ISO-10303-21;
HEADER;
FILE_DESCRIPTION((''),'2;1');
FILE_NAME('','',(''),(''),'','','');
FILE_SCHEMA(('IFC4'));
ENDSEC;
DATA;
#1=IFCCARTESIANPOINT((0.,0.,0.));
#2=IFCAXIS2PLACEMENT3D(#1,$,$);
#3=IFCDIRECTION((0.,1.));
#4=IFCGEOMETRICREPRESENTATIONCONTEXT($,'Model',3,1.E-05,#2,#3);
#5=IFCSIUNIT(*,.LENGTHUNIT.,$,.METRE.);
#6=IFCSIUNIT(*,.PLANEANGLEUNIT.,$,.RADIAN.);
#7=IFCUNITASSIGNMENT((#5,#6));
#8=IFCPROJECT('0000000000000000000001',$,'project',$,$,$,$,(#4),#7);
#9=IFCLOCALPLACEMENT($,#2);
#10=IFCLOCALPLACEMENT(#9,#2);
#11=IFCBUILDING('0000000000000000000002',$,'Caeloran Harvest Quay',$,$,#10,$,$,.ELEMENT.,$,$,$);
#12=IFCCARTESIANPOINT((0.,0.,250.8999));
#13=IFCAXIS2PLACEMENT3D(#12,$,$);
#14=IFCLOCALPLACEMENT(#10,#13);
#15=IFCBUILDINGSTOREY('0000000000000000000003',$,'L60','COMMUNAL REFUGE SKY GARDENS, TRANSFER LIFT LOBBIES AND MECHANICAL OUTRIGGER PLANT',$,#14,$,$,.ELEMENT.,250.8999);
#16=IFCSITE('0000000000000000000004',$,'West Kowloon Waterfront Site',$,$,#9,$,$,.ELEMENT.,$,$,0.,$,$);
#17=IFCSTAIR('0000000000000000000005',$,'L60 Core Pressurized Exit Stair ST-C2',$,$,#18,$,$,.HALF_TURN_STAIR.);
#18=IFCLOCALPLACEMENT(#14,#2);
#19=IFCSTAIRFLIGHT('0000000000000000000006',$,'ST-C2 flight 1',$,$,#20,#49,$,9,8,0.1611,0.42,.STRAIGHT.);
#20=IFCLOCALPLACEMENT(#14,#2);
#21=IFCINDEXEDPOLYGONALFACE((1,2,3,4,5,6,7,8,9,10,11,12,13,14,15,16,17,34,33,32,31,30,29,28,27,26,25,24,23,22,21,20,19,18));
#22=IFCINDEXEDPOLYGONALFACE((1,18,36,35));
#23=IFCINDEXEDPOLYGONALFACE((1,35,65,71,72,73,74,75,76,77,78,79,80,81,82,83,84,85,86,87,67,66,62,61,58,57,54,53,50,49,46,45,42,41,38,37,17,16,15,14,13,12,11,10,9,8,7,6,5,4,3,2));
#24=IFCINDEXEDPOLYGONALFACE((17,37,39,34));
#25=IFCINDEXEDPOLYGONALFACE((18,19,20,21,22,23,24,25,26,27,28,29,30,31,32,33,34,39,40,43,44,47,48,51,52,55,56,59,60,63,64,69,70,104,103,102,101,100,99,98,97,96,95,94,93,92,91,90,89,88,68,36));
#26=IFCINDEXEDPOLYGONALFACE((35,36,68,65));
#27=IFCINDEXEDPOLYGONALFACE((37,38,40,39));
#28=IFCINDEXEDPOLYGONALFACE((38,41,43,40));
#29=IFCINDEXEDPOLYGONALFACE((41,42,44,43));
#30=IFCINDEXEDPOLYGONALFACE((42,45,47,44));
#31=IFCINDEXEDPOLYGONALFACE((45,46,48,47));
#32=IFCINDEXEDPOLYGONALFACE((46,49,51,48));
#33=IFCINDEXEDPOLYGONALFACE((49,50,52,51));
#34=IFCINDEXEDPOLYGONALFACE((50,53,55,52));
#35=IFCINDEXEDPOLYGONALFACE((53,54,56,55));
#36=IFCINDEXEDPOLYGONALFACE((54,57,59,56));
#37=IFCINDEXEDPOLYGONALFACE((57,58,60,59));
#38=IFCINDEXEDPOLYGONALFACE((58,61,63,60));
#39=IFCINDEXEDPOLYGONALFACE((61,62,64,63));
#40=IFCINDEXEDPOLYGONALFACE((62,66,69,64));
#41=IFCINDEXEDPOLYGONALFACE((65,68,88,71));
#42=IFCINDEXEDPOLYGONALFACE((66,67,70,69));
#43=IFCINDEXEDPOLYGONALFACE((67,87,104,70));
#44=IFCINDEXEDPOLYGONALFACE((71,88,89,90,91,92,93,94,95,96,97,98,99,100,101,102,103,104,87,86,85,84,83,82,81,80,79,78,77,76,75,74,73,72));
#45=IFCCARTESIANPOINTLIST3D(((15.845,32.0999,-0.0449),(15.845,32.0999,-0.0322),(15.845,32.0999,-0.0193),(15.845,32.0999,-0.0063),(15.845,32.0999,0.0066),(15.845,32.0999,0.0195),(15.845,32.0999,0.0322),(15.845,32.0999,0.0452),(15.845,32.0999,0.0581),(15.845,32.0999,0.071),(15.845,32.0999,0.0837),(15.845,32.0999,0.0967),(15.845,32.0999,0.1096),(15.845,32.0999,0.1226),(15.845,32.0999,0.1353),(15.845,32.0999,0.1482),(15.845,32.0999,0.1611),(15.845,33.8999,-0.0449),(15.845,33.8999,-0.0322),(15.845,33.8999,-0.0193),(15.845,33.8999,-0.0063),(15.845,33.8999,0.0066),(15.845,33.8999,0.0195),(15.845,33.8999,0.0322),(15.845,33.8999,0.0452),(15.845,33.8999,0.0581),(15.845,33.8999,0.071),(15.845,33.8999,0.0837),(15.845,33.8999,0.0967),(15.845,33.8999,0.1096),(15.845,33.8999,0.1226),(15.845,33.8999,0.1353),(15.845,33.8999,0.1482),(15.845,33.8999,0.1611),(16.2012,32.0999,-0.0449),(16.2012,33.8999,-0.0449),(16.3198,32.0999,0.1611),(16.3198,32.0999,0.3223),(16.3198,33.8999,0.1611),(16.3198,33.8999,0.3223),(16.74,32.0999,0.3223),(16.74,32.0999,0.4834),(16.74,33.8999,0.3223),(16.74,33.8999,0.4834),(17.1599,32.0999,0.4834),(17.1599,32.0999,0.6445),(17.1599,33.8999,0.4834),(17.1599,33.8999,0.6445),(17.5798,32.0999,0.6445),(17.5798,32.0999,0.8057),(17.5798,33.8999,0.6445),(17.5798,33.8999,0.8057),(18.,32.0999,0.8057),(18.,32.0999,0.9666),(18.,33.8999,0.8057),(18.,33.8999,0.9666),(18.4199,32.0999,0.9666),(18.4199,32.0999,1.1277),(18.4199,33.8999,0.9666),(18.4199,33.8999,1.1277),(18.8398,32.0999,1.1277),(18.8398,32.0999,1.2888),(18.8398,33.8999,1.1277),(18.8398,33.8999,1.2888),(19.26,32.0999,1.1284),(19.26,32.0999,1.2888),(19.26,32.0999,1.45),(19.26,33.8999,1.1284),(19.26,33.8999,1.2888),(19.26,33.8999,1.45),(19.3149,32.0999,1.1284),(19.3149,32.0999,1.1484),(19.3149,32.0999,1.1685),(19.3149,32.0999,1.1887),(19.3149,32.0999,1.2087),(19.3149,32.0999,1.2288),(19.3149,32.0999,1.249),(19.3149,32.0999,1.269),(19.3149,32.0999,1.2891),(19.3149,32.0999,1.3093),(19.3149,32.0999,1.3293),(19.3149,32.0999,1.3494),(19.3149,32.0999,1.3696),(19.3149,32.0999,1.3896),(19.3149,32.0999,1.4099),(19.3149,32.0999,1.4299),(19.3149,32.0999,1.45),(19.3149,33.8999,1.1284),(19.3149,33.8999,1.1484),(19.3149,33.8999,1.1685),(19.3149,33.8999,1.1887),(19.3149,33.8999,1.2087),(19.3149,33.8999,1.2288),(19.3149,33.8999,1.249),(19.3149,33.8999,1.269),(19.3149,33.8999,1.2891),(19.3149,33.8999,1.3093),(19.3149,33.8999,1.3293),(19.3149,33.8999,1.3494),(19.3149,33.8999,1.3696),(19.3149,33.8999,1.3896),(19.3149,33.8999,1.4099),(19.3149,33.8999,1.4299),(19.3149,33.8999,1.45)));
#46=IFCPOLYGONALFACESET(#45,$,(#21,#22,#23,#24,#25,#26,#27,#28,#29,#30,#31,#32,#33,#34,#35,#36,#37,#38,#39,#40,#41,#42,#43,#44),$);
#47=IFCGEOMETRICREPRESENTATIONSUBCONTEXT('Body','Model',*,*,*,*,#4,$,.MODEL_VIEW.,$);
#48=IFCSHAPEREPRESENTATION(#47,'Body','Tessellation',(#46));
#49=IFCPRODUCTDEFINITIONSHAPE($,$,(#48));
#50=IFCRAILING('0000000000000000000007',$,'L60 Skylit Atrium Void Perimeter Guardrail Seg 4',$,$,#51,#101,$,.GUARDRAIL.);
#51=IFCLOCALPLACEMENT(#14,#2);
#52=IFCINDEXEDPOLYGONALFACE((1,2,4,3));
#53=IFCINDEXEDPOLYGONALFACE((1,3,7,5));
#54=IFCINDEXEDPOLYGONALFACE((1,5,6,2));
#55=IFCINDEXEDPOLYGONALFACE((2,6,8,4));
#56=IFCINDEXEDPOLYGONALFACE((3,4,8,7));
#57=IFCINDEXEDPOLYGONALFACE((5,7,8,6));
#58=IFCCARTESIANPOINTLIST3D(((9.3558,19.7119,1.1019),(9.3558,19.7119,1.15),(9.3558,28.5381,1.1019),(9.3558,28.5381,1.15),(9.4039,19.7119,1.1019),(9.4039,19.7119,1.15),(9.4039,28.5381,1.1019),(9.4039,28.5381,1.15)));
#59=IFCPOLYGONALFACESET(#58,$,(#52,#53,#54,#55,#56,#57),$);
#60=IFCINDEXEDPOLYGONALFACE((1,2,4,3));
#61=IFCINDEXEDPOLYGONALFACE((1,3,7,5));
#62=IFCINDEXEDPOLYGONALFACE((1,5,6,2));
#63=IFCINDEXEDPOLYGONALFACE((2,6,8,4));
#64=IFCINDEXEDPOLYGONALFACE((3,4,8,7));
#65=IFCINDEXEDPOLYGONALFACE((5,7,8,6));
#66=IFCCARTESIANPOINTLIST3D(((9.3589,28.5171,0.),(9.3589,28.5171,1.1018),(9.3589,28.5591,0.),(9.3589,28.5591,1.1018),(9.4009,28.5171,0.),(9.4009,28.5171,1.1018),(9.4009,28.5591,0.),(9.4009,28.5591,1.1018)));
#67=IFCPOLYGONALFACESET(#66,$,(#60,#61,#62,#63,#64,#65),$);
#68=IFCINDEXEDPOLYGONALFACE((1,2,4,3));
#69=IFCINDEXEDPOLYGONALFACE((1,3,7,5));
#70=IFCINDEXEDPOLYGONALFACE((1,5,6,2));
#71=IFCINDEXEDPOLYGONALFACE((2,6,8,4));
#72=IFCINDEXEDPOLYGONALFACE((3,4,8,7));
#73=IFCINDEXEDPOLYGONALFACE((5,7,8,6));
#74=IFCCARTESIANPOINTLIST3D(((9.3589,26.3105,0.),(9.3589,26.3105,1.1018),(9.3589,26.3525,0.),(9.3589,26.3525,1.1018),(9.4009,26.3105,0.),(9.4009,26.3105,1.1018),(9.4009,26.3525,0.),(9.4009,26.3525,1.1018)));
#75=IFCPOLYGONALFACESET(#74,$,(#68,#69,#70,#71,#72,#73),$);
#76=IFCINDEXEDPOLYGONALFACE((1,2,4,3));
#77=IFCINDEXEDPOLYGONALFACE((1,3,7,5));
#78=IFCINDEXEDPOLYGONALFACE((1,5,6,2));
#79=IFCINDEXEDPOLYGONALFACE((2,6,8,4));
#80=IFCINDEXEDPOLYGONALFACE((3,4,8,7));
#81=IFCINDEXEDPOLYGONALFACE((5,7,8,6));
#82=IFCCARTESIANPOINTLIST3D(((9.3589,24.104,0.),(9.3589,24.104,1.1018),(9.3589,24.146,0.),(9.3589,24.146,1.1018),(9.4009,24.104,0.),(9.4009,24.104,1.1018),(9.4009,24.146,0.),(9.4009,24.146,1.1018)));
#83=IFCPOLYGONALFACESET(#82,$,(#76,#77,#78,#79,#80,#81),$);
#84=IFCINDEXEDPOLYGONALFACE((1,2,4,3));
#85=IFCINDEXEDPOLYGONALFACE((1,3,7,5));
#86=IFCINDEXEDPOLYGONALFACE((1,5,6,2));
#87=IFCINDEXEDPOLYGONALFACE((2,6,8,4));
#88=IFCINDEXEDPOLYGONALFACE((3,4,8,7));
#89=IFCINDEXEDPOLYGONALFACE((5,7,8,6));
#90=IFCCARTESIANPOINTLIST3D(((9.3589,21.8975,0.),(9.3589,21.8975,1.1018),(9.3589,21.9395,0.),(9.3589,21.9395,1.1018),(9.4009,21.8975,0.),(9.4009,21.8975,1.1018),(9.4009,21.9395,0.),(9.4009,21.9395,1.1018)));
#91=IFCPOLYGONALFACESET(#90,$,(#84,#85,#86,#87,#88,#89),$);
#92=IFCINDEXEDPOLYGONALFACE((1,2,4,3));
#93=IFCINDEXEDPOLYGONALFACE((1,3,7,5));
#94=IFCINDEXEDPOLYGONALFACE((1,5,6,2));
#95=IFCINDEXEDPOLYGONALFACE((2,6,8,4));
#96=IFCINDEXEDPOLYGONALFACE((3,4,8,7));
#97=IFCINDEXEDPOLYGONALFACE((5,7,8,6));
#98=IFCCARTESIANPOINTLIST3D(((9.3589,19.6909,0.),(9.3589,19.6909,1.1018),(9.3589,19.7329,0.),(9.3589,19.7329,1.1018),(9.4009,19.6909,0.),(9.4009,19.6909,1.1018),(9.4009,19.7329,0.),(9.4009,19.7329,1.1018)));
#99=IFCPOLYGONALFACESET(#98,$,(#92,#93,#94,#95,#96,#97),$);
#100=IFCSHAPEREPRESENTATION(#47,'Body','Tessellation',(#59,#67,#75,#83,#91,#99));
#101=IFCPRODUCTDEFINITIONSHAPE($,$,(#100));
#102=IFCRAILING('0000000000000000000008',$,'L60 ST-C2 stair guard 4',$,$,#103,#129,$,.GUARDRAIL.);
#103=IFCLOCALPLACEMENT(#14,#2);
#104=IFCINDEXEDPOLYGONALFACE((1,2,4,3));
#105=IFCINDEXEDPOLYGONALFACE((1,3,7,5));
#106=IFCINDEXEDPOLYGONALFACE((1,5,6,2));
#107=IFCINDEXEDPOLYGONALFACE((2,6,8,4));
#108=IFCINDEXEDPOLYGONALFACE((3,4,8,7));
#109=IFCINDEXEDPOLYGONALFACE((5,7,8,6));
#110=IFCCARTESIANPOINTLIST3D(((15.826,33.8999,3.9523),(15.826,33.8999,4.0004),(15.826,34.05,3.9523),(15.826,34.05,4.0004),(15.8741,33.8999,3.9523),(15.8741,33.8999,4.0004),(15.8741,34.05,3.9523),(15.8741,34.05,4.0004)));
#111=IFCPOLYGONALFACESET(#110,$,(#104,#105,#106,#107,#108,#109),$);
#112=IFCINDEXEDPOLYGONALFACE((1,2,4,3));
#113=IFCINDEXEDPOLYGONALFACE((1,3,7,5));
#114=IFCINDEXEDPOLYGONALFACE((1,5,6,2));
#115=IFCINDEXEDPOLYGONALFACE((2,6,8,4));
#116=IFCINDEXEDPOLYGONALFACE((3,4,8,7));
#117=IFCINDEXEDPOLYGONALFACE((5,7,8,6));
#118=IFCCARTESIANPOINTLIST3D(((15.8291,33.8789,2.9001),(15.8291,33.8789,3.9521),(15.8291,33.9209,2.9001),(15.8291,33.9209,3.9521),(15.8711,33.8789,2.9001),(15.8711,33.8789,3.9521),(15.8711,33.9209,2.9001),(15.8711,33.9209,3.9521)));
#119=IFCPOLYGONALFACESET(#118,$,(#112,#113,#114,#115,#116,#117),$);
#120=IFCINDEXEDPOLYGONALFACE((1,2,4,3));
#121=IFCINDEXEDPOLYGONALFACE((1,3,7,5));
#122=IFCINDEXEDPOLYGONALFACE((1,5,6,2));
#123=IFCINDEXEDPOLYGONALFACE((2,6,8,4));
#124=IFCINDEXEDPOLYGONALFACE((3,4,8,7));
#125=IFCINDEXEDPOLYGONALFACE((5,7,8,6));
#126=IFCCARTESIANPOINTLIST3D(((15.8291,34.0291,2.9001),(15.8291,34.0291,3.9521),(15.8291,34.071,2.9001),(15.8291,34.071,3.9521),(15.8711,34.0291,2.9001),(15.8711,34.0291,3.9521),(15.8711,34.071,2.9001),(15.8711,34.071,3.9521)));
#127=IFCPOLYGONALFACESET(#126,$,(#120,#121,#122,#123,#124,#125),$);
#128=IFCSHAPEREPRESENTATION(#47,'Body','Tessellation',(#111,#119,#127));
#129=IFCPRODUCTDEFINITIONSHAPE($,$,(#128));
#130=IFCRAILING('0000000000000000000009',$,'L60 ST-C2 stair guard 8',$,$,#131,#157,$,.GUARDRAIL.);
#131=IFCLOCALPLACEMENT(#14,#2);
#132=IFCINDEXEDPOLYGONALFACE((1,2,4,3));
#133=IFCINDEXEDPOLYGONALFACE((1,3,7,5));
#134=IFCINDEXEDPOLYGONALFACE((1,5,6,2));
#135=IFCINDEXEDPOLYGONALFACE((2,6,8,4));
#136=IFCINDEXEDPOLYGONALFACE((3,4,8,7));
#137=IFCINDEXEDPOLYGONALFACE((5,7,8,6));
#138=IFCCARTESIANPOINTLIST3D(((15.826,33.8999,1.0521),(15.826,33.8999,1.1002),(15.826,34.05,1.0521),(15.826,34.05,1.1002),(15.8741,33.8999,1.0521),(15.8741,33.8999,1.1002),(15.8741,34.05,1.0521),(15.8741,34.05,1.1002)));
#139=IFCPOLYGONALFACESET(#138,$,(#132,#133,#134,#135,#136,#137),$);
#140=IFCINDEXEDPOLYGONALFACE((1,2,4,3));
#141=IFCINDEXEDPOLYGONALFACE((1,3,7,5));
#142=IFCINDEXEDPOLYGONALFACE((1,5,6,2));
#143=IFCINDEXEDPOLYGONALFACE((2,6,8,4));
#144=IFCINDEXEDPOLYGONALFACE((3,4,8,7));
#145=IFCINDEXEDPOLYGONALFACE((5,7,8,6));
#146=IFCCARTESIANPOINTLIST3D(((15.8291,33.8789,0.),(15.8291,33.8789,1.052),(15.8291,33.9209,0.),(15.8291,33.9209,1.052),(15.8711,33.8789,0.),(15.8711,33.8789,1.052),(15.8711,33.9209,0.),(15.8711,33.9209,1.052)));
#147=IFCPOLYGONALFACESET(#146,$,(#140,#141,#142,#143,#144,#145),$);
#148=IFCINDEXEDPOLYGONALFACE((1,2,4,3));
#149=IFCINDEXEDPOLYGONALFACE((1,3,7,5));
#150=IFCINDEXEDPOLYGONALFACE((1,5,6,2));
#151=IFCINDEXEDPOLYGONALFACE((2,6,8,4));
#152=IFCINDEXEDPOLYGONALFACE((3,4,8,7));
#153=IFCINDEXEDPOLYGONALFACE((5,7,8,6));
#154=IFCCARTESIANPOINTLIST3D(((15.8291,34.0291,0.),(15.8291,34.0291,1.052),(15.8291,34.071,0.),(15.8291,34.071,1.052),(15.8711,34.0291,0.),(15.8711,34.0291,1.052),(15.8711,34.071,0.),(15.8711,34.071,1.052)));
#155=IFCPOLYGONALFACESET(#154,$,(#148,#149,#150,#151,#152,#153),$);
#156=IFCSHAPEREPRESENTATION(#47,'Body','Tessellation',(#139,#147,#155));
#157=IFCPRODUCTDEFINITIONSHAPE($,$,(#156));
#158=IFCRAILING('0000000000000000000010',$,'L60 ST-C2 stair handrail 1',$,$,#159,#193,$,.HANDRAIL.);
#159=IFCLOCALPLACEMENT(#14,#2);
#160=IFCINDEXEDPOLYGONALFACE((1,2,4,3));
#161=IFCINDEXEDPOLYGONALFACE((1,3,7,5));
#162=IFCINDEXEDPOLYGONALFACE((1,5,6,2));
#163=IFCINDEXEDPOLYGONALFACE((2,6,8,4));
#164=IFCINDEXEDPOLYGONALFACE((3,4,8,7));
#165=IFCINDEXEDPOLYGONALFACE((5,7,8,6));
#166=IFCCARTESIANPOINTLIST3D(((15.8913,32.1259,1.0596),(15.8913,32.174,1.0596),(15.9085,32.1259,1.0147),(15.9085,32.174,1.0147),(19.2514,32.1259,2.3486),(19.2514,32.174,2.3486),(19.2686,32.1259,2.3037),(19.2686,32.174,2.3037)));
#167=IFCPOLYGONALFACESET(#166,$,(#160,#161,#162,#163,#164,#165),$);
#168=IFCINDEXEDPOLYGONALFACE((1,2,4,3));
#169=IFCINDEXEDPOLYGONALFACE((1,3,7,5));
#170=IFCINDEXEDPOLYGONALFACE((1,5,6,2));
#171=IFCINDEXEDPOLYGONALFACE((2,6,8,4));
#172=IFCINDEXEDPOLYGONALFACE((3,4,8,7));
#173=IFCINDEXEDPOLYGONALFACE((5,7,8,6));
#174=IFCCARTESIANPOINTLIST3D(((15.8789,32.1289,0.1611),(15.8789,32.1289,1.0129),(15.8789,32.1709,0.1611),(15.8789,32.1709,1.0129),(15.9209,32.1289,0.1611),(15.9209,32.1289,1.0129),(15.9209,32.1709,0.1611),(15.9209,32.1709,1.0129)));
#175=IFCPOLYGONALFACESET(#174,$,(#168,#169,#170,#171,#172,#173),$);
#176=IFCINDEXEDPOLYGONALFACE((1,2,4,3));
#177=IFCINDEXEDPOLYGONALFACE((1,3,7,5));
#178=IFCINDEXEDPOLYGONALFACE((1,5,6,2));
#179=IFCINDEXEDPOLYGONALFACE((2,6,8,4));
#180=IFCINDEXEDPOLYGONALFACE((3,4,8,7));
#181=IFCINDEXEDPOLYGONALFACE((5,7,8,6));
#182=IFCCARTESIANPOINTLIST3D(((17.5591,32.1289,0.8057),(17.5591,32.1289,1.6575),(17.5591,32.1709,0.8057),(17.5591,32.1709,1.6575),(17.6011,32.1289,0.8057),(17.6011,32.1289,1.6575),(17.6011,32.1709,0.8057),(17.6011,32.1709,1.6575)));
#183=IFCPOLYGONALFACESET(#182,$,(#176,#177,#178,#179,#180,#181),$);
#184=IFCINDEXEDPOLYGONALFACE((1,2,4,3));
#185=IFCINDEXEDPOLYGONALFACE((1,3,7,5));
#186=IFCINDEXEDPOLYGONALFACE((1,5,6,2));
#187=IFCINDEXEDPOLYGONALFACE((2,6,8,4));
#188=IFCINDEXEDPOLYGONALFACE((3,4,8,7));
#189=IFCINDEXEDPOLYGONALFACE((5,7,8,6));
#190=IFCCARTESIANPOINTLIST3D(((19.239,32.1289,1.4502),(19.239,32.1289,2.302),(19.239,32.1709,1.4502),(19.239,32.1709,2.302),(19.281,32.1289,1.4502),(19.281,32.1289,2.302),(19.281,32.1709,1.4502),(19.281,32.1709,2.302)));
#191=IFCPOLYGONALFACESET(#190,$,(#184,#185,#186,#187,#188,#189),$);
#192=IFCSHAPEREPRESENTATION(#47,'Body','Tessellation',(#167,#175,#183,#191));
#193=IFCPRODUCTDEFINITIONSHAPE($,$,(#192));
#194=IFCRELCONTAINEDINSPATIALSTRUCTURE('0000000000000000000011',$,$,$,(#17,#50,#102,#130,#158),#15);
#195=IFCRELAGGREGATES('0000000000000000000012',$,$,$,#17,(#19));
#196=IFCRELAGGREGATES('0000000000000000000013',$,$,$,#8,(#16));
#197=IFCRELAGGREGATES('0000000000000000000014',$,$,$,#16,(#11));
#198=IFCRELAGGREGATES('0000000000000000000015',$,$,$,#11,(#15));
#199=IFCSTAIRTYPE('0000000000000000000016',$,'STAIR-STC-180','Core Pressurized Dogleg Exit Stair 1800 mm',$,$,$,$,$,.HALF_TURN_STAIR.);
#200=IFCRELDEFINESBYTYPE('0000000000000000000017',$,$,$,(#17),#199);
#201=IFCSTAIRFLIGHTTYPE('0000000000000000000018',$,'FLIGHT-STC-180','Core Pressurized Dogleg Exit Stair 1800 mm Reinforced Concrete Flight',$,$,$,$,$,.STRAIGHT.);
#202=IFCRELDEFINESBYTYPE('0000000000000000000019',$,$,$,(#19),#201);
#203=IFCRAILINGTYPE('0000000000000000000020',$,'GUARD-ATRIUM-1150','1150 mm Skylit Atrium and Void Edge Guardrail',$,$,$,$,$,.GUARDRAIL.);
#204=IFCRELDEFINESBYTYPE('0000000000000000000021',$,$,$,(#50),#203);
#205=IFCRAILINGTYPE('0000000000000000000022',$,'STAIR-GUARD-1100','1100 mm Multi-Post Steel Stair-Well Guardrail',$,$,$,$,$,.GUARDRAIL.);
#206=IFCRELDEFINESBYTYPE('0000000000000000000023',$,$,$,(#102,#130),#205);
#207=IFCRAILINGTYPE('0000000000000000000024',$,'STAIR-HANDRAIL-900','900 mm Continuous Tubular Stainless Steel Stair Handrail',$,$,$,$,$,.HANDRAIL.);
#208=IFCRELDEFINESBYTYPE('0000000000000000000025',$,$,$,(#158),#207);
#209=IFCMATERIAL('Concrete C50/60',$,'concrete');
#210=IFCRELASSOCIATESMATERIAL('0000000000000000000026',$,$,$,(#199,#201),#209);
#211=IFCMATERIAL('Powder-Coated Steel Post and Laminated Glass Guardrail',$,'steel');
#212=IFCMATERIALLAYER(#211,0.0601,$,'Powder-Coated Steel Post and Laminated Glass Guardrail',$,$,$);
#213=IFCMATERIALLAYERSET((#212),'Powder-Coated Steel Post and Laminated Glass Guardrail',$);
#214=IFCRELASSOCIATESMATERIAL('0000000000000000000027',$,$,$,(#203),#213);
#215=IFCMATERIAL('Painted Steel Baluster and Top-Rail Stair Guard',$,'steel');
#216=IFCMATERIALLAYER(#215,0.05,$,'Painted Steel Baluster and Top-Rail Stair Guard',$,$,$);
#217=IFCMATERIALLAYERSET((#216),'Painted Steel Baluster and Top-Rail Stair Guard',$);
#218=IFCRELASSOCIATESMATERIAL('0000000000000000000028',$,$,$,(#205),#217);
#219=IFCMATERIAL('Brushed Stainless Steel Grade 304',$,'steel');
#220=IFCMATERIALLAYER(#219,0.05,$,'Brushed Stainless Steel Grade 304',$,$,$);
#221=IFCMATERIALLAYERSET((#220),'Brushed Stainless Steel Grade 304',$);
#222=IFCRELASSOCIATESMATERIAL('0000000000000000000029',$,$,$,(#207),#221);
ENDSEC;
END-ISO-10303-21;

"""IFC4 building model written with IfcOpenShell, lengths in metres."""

from ifc_helpers import new_model, si_unit, direction, frame, origin, origin_2d, place, context, subcontext, project, spatial, polyline, rectangle, outline, extrude, material, layer, layer_set, type_object, element, aggregate, save


model = new_model("IFC4")

# Units and contexts
model_context = context("Model", 3, precision=1e-05, world=origin(), true_north=direction((0.0, 1.0)))
body_context = subcontext(model_context, "Body", "Model", "MODEL_VIEW")
ifc_project = project(units=[si_unit("LENGTHUNIT", "METRE"), si_unit("PLANEANGLEUNIT", "RADIAN")], contexts=[model_context])

# Site, building, storey
site_placement = place(None, origin())
site = spatial("IfcSite", under=ifc_project, at=site_placement, Name="West Kowloon Waterfront Site", CompositionType="ELEMENT", RefElevation=0.0)
building_placement = place(site_placement, origin())
building = spatial("IfcBuilding", under=site, at=building_placement, Name="Caeloran Harvest Quay", CompositionType="ELEMENT")
storey_placement = place(building_placement, frame((0.0, 0.0, 250.8999)))
storey = spatial("IfcBuildingStorey", under=building, at=storey_placement, Name="L60", Description="COMMUNAL REFUGE SKY GARDENS, TRANSFER LIFT LOBBIES AND MECHANICAL OUTRIGGER PLANT", CompositionType="ELEMENT", Elevation=250.8999)

# Shared definitions
ifc_material_1 = material(Name="Concrete C50/60", Category="concrete")

# Stair, stair flight
stair_type = type_object("IfcStairType", Name="STAIR-STC-180", Description="Core Pressurized Dogleg Exit Stair 1800 mm", PredefinedType="HALF_TURN_STAIR", material=ifc_material_1)
stair_placement = place(storey_placement, origin())
stair = element("IfcStair", 1, at=stair_placement, inside=storey, type_object=stair_type, Name="L60 Core Pressurized Exit Stair ST-C2", PredefinedType="HALF_TURN_STAIR")
stair_flight_type = type_object("IfcStairFlightType", Name="FLIGHT-STC-180", Description="Core Pressurized Dogleg Exit Stair 1800 mm Reinforced Concrete Flight", PredefinedType="STRAIGHT", material=ifc_material_1)
stair_flight_placement = place(storey_placement, frame((15.8999, 33.0, 0.0), z_axis=(0.0, 0.0, 1.0), x_axis=(1.0, 0.0, 0.0)))
stair_flight = element("IfcStairFlight", 2, at=stair_flight_placement, type_object=stair_flight_type, Name="ST-C2 flight 1", NumberOfRisers=9, NumberOfTreads=8, PredefinedType="STRAIGHT", RiserHeight=0.1611, TreadLength=0.42, context=body_context, shape_type="SweptSolid", body=[
    extrude(outline(polyline([(-0.0549, -0.0449), (-0.0549, -0.0322), (-0.0549, -0.0193), (-0.0549, -0.0063), (-0.0549, 0.0066), (-0.0549, 0.0195), (-0.0549, 0.0322), (-0.0549, 0.0452), (-0.0549, 0.0581), (-0.0549, 0.071), (-0.0549, 0.0837), (-0.0549, 0.0967), (-0.0549, 0.1096), (-0.0549, 0.1226), (-0.0549, 0.1353), (-0.0549, 0.1482), (-0.0549, 0.1611), (0.4199, 0.1611), (0.4199, 0.3223), (0.8401, 0.3223), (0.8401, 0.4834), (1.26, 0.4834), (1.26, 0.6445), (1.6799, 0.6445), (1.6799, 0.8057), (2.1001, 0.8057), (2.1001, 0.9666), (2.52, 0.9666), (2.52, 1.1277), (2.9399, 1.1277), (2.9399, 1.2888), (3.3601, 1.2888), (3.3601, 1.45), (3.415, 1.45), (3.415, 1.4299), (3.415, 1.4099), (3.415, 1.3896), (3.415, 1.3696), (3.415, 1.3494), (3.415, 1.3293), (3.415, 1.3093), (3.415, 1.2891), (3.415, 1.269), (3.415, 1.249), (3.415, 1.2288), (3.415, 1.2087), (3.415, 1.1887), (3.415, 1.1685), (3.415, 1.1484), (3.415, 1.1284), (3.3601, 1.1284), (0.3013, -0.0449), (-0.0549, -0.0449)])), frame((0.0, 0.8999, 0.0), z_axis=(0.0, -1.0, 0.0), x_axis=(1.0, 0.0, 0.0)), (0.0, 0.0, 1.0), 1.8),
])
aggregate(stair, [stair_flight])

# Railings
ifc_material_2 = material(Name="Powder-Coated Steel Post and Laminated Glass Guardrail", Category="steel")
ifc_layer_1 = layer(ifc_material_2, 0.0601, Name="Powder-Coated Steel Post and Laminated Glass Guardrail")
ifc_layer_set_1 = layer_set([ifc_layer_1], Name="Powder-Coated Steel Post and Laminated Glass Guardrail")
railing_type_1 = type_object("IfcRailingType", Name="GUARD-ATRIUM-1150", Description="1150 mm Skylit Atrium and Void Edge Guardrail", PredefinedType="GUARDRAIL", material=ifc_layer_set_1)
railing_1_placement = place(storey_placement, frame((9.3799, 28.5381, 0.0)))
element("IfcRailing", 3, at=railing_1_placement, inside=storey, type_object=railing_type_1, Name="L60 Skylit Atrium Void Perimeter Guardrail Seg 4", PredefinedType="GUARDRAIL", context=body_context, shape_type="SweptSolid", body=[
    extrude(rectangle(XDim=0.0481, YDim=0.0481, at=origin_2d()), frame((0.0, 0.0, 1.126), z_axis=(0.0, -1.0, 0.0), x_axis=(1.0, 0.0, 0.0)), (0.0, 0.0, 1.0), 8.8262),
    extrude(rectangle(XDim=0.042, YDim=0.042, at=origin_2d()), origin(), (0.0, 0.0, 1.0), 1.1018),
    extrude(rectangle(XDim=0.042, YDim=0.042, at=origin_2d()), frame((0.0, -2.2065, 0.0)), (0.0, 0.0, 1.0), 1.1018),
    extrude(rectangle(XDim=0.042, YDim=0.042, at=origin_2d()), frame((0.0, -4.4131, 0.0)), (0.0, 0.0, 1.0), 1.1018),
    extrude(rectangle(XDim=0.042, YDim=0.042, at=origin_2d()), frame((0.0, -6.6196, 0.0)), (0.0, 0.0, 1.0), 1.1018),
    extrude(rectangle(XDim=0.042, YDim=0.042, at=origin_2d()), frame((0.0, -8.8262, 0.0)), (0.0, 0.0, 1.0), 1.1018),
])
ifc_material_3 = material(Name="Painted Steel Baluster and Top-Rail Stair Guard", Category="steel")
ifc_layer_2 = layer(ifc_material_3, 0.05, Name="Painted Steel Baluster and Top-Rail Stair Guard")
ifc_layer_set_2 = layer_set([ifc_layer_2], Name="Painted Steel Baluster and Top-Rail Stair Guard")
railing_type_2 = type_object("IfcRailingType", Name="STAIR-GUARD-1100", Description="1100 mm Multi-Post Steel Stair-Well Guardrail", PredefinedType="GUARDRAIL", material=ifc_layer_set_2)
for number, where, name in (
    (4, (15.8501, 33.8999, 2.9001), "L60 ST-C2 stair guard 4"),
    (5, (15.8501, 33.8999, 0.0), "L60 ST-C2 stair guard 8"),
):
    element("IfcRailing", number, at=place(storey_placement, frame(where)), inside=storey, type_object=railing_type_2, Name=name, PredefinedType="GUARDRAIL", context=body_context, shape_type="SweptSolid", body=[
        extrude(rectangle(XDim=0.0481, YDim=0.0481, at=origin_2d()), frame((0.0, 0.0, 1.0762), z_axis=(0.0, 1.0, 0.0), x_axis=(-1.0, 0.0, 0.0)), (0.0, 0.0, 1.0), 0.1501),
        extrude(rectangle(XDim=0.042, YDim=0.042, at=origin_2d()), origin(), (0.0, 0.0, 1.0), 1.052),
        extrude(rectangle(XDim=0.042, YDim=0.042, at=origin_2d()), frame((0.0, 0.1501, 0.0)), (0.0, 0.0, 1.0), 1.052),
    ])
ifc_material_4 = material(Name="Brushed Stainless Steel Grade 304", Category="steel")
ifc_layer_3 = layer(ifc_material_4, 0.05, Name="Brushed Stainless Steel Grade 304")
ifc_layer_set_3 = layer_set([ifc_layer_3], Name="Brushed Stainless Steel Grade 304")
railing_type_3 = type_object("IfcRailingType", Name="STAIR-HANDRAIL-900", Description="900 mm Continuous Tubular Stainless Steel Stair Handrail", PredefinedType="HANDRAIL", material=ifc_layer_set_3)
railing_2_placement = place(storey_placement, frame((15.8999, 32.1499, 0.1611)))
element("IfcRailing", 6, at=railing_2_placement, inside=storey, type_object=railing_type_3, Name="L60 ST-C2 stair handrail 1", PredefinedType="HANDRAIL", context=body_context, shape_type="SweptSolid", body=[
    extrude(rectangle(XDim=0.0481, YDim=0.0481, at=origin_2d()), frame((0.0, 0.0, 0.876), z_axis=(0.933651, 0.0, 0.358183), x_axis=(0.0, 1.0, 0.0)), (0.0, 0.0, 1.0), 3.5989),
    extrude(rectangle(XDim=0.042, YDim=0.042, at=origin_2d()), origin(), (0.0, 0.0, 1.0), 0.8518),
    extrude(rectangle(XDim=0.042, YDim=0.042, at=origin_2d()), frame((1.6802, 0.0, 0.6445)), (0.0, 0.0, 1.0), 0.8518),
    extrude(rectangle(XDim=0.042, YDim=0.042, at=origin_2d()), frame((3.3601, 0.0, 1.2891)), (0.0, 0.0, 1.0), 0.8518),
])

save(model, "model.ifc")
